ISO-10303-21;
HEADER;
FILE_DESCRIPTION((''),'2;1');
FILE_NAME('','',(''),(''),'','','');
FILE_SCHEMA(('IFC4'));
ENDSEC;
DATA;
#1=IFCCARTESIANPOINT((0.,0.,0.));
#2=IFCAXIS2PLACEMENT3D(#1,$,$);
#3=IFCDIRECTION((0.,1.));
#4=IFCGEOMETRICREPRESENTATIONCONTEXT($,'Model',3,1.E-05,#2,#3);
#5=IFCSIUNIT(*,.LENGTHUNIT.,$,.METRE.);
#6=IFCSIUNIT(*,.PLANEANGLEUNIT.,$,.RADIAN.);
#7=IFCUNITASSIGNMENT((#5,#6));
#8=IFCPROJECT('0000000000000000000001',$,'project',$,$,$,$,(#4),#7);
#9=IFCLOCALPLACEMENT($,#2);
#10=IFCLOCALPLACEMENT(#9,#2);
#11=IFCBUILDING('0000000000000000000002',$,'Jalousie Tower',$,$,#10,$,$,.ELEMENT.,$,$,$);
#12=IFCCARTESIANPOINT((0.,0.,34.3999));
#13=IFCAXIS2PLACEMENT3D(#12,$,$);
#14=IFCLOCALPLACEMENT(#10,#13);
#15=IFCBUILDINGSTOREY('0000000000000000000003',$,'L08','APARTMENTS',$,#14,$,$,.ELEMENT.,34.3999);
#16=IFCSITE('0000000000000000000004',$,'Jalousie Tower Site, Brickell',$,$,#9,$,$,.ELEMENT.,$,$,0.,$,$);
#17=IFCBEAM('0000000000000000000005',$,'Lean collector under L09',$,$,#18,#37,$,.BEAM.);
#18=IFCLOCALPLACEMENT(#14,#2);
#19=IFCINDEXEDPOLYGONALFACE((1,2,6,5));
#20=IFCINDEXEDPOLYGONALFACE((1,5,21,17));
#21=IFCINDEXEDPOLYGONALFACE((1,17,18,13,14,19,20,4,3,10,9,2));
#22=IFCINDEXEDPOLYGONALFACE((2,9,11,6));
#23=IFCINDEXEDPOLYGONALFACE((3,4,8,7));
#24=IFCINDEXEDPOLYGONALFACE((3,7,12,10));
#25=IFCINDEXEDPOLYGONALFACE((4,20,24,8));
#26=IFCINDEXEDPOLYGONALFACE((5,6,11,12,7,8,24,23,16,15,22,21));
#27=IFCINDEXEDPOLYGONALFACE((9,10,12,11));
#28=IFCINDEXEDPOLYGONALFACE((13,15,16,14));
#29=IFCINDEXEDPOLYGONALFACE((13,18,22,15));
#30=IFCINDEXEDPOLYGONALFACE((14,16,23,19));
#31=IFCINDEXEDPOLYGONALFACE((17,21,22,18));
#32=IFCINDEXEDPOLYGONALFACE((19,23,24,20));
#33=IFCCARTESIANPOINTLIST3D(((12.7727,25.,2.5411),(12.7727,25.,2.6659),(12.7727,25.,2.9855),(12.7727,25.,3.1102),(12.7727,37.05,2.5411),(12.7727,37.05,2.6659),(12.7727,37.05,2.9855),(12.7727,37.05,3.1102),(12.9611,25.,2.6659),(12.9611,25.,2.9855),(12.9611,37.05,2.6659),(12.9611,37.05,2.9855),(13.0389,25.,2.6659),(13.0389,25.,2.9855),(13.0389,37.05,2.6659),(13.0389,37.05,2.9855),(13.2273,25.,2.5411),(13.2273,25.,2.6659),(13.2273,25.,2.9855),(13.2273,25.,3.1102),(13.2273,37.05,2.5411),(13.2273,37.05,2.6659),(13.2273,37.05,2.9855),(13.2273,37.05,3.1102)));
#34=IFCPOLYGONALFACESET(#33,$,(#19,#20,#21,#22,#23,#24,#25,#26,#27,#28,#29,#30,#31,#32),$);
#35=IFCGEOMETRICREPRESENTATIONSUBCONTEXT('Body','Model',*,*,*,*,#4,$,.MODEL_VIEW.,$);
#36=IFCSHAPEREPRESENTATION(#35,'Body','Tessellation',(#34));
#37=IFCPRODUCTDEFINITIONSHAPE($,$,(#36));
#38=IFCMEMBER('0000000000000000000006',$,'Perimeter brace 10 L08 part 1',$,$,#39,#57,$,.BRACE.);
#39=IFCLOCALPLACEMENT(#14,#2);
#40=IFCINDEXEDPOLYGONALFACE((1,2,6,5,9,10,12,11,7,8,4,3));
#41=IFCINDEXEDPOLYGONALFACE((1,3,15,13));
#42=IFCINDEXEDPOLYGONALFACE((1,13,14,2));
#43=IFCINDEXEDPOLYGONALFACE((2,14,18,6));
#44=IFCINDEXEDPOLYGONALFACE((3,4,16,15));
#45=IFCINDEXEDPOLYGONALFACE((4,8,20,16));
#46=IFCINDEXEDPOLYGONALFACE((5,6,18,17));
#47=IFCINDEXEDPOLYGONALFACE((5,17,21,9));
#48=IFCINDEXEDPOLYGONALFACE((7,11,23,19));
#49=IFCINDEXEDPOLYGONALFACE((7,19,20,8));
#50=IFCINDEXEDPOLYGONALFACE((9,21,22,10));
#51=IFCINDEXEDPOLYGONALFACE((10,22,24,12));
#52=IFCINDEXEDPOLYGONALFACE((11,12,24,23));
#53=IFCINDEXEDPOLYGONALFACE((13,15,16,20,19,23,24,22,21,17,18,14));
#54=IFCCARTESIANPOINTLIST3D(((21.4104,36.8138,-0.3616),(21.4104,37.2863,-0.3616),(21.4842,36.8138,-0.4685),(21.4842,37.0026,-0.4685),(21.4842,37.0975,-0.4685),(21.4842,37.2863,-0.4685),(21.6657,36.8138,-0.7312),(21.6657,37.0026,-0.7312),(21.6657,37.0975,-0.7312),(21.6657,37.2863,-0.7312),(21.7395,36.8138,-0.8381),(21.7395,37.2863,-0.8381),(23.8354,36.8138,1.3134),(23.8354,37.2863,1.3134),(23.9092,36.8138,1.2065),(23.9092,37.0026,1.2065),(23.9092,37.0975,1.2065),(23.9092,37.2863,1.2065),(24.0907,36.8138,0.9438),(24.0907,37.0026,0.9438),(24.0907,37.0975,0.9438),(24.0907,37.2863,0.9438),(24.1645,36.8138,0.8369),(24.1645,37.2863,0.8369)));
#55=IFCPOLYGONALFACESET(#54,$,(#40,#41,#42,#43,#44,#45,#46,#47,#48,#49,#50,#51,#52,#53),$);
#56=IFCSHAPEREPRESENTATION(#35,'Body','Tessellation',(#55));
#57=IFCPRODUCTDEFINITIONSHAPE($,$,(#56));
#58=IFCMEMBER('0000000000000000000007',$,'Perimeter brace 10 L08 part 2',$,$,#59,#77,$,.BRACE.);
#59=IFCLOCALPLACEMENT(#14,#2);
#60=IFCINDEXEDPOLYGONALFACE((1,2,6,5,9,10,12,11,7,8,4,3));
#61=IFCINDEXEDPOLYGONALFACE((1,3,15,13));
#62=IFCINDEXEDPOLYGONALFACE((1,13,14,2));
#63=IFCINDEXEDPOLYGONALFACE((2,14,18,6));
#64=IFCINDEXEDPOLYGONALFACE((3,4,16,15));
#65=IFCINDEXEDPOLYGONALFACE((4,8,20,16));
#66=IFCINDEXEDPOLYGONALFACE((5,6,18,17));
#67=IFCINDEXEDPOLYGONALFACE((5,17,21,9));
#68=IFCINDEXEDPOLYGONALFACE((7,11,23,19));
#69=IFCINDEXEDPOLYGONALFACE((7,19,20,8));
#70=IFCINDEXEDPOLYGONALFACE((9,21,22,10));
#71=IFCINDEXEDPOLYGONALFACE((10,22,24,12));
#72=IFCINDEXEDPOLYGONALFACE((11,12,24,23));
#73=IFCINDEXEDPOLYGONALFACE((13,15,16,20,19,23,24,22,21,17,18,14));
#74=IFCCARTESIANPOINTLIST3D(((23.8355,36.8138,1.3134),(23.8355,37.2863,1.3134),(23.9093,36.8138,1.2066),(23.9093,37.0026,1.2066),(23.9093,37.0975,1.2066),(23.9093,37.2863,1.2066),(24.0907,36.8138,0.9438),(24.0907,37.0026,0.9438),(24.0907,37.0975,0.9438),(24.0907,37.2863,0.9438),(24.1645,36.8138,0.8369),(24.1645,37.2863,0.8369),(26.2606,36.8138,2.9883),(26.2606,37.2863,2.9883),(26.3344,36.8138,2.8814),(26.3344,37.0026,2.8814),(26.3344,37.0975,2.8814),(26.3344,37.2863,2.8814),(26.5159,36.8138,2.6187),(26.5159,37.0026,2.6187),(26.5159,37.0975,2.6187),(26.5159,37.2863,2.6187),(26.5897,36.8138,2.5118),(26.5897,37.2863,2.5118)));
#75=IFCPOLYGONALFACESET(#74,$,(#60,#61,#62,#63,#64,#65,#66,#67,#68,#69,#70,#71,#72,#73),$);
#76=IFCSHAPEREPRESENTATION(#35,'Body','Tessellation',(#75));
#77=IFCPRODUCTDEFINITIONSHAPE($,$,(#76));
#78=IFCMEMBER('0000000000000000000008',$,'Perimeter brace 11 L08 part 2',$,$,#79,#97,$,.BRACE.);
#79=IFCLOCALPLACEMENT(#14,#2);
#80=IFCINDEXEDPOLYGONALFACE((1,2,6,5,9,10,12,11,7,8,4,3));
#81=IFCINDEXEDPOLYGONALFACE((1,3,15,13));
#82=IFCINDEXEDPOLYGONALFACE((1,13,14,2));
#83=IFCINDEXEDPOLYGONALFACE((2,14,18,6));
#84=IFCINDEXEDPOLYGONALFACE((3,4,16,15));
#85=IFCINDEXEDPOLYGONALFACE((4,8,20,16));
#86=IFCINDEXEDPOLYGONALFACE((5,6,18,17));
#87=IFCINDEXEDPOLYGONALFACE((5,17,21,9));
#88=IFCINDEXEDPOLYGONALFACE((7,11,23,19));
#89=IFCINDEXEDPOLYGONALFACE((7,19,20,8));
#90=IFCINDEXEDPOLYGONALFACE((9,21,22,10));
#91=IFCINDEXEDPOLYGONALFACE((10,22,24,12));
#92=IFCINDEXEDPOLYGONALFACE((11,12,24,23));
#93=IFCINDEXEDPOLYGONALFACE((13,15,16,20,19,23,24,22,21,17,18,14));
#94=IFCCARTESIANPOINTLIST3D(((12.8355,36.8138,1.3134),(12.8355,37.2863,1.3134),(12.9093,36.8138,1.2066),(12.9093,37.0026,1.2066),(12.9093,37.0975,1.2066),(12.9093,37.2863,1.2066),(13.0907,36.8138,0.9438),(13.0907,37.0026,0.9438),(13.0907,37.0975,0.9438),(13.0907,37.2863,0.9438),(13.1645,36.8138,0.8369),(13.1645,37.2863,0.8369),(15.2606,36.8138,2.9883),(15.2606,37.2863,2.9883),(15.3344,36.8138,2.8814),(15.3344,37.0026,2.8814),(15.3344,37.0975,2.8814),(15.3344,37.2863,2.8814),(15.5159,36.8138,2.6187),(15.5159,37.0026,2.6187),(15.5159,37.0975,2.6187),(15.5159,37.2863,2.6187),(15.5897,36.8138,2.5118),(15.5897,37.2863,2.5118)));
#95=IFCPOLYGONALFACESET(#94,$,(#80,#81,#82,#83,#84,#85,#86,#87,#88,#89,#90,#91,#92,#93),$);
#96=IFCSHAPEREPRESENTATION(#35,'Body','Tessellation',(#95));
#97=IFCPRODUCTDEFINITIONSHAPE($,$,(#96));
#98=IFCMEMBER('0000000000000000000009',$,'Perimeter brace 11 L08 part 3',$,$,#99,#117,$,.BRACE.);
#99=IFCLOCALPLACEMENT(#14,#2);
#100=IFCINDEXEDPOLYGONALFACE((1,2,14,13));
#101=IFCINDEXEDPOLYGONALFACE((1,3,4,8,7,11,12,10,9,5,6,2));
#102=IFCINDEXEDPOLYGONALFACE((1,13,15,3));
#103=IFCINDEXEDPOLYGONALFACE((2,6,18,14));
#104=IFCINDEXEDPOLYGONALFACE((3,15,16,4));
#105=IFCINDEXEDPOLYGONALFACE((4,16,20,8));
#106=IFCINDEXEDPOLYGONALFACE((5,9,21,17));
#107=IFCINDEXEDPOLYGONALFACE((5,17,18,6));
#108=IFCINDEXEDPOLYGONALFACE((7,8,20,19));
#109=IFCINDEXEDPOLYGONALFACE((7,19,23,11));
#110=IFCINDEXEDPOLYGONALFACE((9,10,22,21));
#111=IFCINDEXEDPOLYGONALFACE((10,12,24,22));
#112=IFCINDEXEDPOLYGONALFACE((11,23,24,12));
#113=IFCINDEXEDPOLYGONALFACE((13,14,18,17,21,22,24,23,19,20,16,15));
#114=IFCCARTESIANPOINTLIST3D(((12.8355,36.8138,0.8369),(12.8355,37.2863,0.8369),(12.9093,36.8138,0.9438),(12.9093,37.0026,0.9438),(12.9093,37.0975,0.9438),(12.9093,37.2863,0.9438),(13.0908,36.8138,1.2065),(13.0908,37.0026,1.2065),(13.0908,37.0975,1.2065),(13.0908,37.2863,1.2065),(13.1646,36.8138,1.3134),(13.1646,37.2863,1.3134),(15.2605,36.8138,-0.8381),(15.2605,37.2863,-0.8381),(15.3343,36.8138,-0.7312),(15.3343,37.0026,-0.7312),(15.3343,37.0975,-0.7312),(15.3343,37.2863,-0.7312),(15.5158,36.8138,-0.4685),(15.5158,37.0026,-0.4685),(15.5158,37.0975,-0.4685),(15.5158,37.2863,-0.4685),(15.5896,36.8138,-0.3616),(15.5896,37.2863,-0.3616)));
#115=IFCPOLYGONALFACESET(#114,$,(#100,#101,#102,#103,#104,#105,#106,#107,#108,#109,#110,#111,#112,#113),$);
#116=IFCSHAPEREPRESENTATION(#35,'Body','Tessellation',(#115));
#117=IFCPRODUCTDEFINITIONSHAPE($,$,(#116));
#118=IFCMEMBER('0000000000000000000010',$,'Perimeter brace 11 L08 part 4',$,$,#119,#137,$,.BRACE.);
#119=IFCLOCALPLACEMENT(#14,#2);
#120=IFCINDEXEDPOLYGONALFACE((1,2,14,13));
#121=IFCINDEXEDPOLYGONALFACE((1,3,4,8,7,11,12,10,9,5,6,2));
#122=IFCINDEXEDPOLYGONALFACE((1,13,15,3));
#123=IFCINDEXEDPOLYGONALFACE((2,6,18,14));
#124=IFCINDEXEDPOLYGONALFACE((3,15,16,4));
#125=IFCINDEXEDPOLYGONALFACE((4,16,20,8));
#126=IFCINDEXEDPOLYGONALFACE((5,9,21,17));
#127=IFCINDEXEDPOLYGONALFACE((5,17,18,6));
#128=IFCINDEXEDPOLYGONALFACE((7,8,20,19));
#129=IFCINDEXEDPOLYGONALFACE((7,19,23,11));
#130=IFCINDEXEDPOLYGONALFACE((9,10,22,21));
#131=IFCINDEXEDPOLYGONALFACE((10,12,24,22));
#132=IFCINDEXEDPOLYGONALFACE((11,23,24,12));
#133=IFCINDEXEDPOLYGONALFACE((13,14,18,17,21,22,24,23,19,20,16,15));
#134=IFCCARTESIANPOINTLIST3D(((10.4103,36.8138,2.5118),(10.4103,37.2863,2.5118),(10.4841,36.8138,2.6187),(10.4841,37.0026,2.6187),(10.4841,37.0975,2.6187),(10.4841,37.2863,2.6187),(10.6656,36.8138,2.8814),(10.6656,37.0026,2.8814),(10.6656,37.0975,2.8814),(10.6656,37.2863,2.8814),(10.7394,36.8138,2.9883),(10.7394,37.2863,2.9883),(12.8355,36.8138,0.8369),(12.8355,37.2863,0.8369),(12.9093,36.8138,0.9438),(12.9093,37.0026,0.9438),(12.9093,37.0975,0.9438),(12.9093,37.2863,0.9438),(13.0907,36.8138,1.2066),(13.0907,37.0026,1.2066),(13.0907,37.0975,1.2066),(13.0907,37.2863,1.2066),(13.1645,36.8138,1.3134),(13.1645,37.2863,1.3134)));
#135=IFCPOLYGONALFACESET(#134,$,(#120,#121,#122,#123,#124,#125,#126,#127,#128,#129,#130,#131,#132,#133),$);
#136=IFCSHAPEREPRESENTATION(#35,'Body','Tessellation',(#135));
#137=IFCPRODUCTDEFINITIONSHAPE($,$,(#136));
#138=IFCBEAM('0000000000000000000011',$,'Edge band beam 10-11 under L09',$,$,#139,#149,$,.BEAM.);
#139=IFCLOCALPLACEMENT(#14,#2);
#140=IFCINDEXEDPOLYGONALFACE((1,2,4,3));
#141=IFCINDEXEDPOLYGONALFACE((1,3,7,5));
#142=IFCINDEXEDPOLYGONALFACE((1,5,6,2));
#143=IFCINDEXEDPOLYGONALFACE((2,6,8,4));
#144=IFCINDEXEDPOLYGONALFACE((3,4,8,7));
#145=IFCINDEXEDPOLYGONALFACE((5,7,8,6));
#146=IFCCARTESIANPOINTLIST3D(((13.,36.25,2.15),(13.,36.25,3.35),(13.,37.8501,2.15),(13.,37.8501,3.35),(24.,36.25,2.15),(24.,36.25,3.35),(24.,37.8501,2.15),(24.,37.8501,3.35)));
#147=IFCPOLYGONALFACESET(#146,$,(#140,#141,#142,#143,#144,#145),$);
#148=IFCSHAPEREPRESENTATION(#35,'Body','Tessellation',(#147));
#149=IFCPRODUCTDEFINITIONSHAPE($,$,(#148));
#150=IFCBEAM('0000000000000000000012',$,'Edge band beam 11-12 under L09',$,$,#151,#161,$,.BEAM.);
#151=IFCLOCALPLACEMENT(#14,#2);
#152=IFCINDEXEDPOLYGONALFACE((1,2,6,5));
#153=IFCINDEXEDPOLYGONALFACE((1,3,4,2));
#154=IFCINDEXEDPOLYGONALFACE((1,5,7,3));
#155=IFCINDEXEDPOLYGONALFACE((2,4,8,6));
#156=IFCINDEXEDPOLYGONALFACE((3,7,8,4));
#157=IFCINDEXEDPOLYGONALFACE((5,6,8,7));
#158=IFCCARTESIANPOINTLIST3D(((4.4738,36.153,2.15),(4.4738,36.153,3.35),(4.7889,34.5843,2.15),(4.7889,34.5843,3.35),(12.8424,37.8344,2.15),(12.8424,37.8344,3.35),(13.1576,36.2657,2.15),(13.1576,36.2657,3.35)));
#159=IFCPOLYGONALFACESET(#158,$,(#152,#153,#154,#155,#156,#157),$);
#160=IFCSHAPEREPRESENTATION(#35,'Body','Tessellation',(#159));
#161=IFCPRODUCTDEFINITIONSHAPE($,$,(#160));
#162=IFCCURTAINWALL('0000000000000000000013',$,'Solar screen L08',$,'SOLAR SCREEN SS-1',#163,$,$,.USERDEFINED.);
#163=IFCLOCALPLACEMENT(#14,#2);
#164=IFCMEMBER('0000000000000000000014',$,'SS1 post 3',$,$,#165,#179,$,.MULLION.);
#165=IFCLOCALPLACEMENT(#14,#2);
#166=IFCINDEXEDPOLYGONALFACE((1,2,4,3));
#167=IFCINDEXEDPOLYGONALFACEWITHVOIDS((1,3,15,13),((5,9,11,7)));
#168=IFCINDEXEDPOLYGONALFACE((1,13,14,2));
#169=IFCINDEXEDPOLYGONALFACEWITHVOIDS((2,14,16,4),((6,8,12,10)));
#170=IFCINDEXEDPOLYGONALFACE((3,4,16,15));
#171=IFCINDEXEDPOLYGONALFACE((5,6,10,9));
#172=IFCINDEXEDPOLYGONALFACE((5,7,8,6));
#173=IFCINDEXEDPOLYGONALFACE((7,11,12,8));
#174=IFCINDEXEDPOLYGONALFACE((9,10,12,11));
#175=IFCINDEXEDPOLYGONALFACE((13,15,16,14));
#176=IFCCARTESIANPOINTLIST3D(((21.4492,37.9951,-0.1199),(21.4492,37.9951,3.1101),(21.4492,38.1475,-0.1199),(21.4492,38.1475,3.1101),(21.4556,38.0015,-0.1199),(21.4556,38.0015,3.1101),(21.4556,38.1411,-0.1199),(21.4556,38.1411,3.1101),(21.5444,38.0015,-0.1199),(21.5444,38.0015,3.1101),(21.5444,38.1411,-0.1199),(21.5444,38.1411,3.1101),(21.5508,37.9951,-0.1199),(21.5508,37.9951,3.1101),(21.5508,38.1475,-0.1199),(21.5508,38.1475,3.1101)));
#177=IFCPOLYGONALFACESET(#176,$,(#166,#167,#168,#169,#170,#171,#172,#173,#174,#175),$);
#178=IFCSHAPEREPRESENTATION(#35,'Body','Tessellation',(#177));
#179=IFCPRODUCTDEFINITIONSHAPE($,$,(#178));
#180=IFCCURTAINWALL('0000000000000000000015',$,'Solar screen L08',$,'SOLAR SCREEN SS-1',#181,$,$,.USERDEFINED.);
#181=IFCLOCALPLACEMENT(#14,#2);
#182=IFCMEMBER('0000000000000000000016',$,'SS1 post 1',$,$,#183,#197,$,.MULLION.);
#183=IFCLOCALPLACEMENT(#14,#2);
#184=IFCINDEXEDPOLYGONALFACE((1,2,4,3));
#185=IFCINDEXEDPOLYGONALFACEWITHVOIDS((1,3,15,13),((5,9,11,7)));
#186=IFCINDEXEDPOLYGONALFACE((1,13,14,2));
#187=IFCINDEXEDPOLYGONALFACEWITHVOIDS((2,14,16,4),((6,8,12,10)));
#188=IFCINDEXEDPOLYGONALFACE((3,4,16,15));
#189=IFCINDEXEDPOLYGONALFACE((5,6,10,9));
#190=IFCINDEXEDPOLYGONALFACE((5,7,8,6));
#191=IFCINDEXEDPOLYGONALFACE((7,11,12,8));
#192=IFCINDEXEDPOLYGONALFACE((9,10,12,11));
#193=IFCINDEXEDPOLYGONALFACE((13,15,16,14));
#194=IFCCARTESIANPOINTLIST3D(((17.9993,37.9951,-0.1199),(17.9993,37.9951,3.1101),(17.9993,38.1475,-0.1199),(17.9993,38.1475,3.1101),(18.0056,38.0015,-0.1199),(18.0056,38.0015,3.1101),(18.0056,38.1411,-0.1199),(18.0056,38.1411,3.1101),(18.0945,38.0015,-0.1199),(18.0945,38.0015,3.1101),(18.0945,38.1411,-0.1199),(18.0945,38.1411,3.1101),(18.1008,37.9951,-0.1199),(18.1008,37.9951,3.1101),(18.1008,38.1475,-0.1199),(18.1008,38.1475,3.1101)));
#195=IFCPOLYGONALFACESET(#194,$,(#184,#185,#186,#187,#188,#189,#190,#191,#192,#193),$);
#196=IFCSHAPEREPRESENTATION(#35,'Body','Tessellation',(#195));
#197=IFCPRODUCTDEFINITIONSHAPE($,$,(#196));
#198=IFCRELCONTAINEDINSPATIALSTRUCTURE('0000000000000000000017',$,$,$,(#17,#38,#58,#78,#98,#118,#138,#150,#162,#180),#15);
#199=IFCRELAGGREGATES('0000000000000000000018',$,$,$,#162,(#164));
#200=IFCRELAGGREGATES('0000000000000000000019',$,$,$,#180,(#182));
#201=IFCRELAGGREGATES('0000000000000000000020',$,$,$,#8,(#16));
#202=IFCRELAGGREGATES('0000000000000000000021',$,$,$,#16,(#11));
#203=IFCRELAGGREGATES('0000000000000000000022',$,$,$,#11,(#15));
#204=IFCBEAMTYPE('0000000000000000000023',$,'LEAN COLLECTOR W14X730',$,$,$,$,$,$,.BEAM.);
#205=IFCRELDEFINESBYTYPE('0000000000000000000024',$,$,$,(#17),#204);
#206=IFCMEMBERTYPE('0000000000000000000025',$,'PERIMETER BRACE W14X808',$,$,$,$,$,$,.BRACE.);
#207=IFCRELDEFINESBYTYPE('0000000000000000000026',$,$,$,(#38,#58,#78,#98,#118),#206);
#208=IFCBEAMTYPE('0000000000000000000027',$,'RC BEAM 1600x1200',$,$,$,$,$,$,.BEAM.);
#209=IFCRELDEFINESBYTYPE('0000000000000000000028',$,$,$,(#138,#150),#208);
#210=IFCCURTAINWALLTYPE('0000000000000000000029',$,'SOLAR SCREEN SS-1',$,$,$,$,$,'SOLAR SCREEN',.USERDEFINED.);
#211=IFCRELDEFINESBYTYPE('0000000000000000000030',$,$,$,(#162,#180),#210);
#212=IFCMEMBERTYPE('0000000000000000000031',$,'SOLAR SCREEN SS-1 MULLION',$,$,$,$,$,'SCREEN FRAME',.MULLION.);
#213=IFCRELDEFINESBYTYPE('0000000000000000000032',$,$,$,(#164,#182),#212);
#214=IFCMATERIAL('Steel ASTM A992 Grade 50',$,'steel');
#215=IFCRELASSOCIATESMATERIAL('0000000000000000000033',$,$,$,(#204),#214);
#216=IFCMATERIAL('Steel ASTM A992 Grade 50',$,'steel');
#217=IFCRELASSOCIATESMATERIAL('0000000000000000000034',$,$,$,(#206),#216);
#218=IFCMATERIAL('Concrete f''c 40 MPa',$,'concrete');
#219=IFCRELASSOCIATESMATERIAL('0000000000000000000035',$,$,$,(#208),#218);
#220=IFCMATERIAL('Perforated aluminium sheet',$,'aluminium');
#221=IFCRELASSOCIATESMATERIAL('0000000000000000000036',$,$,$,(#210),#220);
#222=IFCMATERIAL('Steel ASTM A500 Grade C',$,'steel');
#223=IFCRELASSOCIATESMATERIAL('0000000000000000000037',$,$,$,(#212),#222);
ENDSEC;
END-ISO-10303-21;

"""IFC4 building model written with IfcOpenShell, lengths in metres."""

from ifc_helpers import new_model, si_unit, direction, frame, origin, origin_2d, place, context, subcontext, project, spatial, rectangle, hollow_rectangle, i_section, extrude, material, material_profile, profile_set, type_object, element, aggregate, save


model = new_model("IFC4")

# Units and contexts
model_context = context("Model", 3, precision=1e-05, world=origin(), true_north=direction((0.0, 1.0)))
body_context = subcontext(model_context, "Body", "Model", "MODEL_VIEW")
ifc_project = project(units=[si_unit("LENGTHUNIT", "METRE"), si_unit("PLANEANGLEUNIT", "RADIAN")], contexts=[model_context])

# Site, building, storey
site_placement = place(None, origin())
site = spatial("IfcSite", under=ifc_project, at=site_placement, Name="Jalousie Tower Site, Brickell", CompositionType="ELEMENT", RefElevation=0.0)
building_placement = place(site_placement, origin())
building = spatial("IfcBuilding", under=site, at=building_placement, Name="Jalousie Tower", CompositionType="ELEMENT")
storey_placement = place(building_placement, frame((0.0, 0.0, 34.3999)))
storey = spatial("IfcBuildingStorey", under=building, at=storey_placement, Name="L08", Description="APARTMENTS", CompositionType="ELEMENT", Elevation=34.3999)

# Beam
ifc_material_1 = material(Name="Steel ASTM A992 Grade 50", Category="steel")
ifc_material_profile_1 = material_profile(ifc_material_1, i_section(OverallWidth=0.4546, OverallDepth=0.5691, WebThickness=0.0779, FlangeThickness=0.1248, at=origin_2d()), Name="W14X730")
ifc_profile_set_1 = profile_set([ifc_material_profile_1], Name="Steel ASTM A992 Grade 50")
beam_type_1 = type_object("IfcBeamType", Name="LEAN COLLECTOR W14X730", PredefinedType="BEAM", material=ifc_profile_set_1)
beam_1_placement = place(storey_placement, frame((13.0, 37.05, 2.8257), z_axis=(0.0, -1.0, 0.0), x_axis=(1.0, 0.0, 0.0)))
element("IfcBeam", 1, at=beam_1_placement, inside=storey, type_object=beam_type_1, Name="Lean collector under L09", PredefinedType="BEAM", context=body_context, shape_type="SweptSolid", body=[
    extrude(i_section(OverallWidth=0.4546, OverallDepth=0.5691, WebThickness=0.0779, FlangeThickness=0.1248, at=origin_2d()), origin(), (0.0, 0.0, 1.0), 12.05),
])

# Members
ifc_material_2 = material(Name="Steel ASTM A992 Grade 50", Category="steel")
ifc_material_profile_2 = material_profile(ifc_material_2, i_section(OverallWidth=0.4724, OverallDepth=0.5791, WebThickness=0.095, FlangeThickness=0.1299, at=origin_2d()), Name="W14X808")
ifc_profile_set_2 = profile_set([ifc_material_profile_2], Name="Steel ASTM A992 Grade 50")
member_type_1 = type_object("IfcMemberType", Name="PERIMETER BRACE W14X808", PredefinedType="BRACE", material=ifc_profile_set_2)
for number, where, z_axis, x_axis, name in (
    (2, (21.575, 37.05, -0.5999), (0.8228, 0.0, 0.568331), (0.0, 1.0, 0.0), "Perimeter brace 10 L08 part 1"),
    (3, (24.0, 37.05, 1.0752), (0.822839, 0.0, 0.568275), (0.0, 1.0, 0.0), "Perimeter brace 10 L08 part 2"),
    (4, (13.0, 37.05, 1.0752), (0.822839, 0.0, 0.568275), (0.0, 1.0, 0.0), "Perimeter brace 11 L08 part 2"),
    (5, (15.425, 37.05, -0.5999), (-0.8228, 0.0, 0.568331), (0.0, -1.0, 0.0), "Perimeter brace 11 L08 part 3"),
    (6, (13.0, 37.05, 1.0752), (-0.822839, 0.0, 0.568275), (0.0, -1.0, 0.0), "Perimeter brace 11 L08 part 4"),
):
    element("IfcMember", number, at=place(storey_placement, frame(where, z_axis=z_axis, x_axis=x_axis)), inside=storey, type_object=member_type_1, Name=name, PredefinedType="BRACE", context=body_context, shape_type="SweptSolid", body=[
        extrude(i_section(OverallWidth=0.4724, OverallDepth=0.5791, WebThickness=0.095, FlangeThickness=0.1299, at=origin_2d()), origin(), (0.0, 0.0, 1.0), 2.9473),
    ])

# Beams
ifc_material_3 = material(Name="Concrete f'c 40 MPa", Category="concrete")
ifc_material_profile_3 = material_profile(ifc_material_3, rectangle(XDim=1.6001, YDim=1.2, at=origin_2d()), Name="RC 1600x1200")
ifc_profile_set_3 = profile_set([ifc_material_profile_3], Name="Concrete f'c 40 MPa")
beam_type_2 = type_object("IfcBeamType", Name="RC BEAM 1600x1200", PredefinedType="BEAM", material=ifc_profile_set_3)
beam_2_placement = place(storey_placement, frame((24.0, 37.05, 2.75), z_axis=(-1.0, 0.0, 0.0), x_axis=(0.0, -1.0, 0.0)))
element("IfcBeam", 7, at=beam_2_placement, inside=storey, type_object=beam_type_2, Name="Edge band beam 10-11 under L09", PredefinedType="BEAM", context=body_context, shape_type="SweptSolid", body=[
    extrude(rectangle(XDim=1.6001, YDim=1.2, at=origin_2d()), origin(), (0.0, 0.0, 1.0), 11.0),
])
beam_3_placement = place(storey_placement, frame((13.0, 37.05, 2.75), z_axis=(-0.980408, -0.19698, 0.0), x_axis=(0.19698, -0.980408, 0.0)))
element("IfcBeam", 8, at=beam_3_placement, inside=storey, type_object=beam_type_2, Name="Edge band beam 11-12 under L09", PredefinedType="BEAM", context=body_context, shape_type="SweptSolid", body=[
    extrude(rectangle(XDim=1.6001, YDim=1.2, at=origin_2d()), origin(), (0.0, 0.0, 1.0), 8.5359),
])

# Curtain wall, member
ifc_material_4 = material(Name="Perforated aluminium sheet", Category="aluminium")
curtain_wall_type = type_object("IfcCurtainWallType", Name="SOLAR SCREEN SS-1", ElementType="SOLAR SCREEN", PredefinedType="USERDEFINED", material=ifc_material_4)
curtain_wall_1_placement = place(storey_placement, origin())
curtain_wall_1 = element("IfcCurtainWall", 9, at=curtain_wall_1_placement, inside=storey, type_object=curtain_wall_type, Name="Solar screen L08", ObjectType="SOLAR SCREEN SS-1", PredefinedType="USERDEFINED")
ifc_material_5 = material(Name="Steel ASTM A500 Grade C", Category="steel")
ifc_material_profile_4 = material_profile(ifc_material_5, hollow_rectangle(XDim=0.1016, YDim=0.1523, WallThickness=0.0063, at=origin_2d()), Name="HSS6X4X1/4")
ifc_profile_set_4 = profile_set([ifc_material_profile_4], Name="Steel ASTM A500 Grade C")
member_type_2 = type_object("IfcMemberType", Name="SOLAR SCREEN SS-1 MULLION", ElementType="SCREEN FRAME", PredefinedType="MULLION", material=ifc_profile_set_4)
member_1_placement = place(storey_placement, frame((21.5, 38.0713, -0.1199), z_axis=(0.0, 0.0, 1.0), x_axis=(-1.0, 0.0, 0.0)))
member_1 = element("IfcMember", 10, at=member_1_placement, type_object=member_type_2, Name="SS1 post 3", PredefinedType="MULLION", context=body_context, shape_type="SweptSolid", body=[
    extrude(hollow_rectangle(XDim=0.1016, YDim=0.1523, WallThickness=0.0063, at=origin_2d()), origin(), (0.0, 0.0, 1.0), 3.23),
])

# Curtain wall, member
curtain_wall_2_placement = place(storey_placement, origin())
curtain_wall_2 = element("IfcCurtainWall", 11, at=curtain_wall_2_placement, inside=storey, type_object=curtain_wall_type, Name="Solar screen L08", ObjectType="SOLAR SCREEN SS-1", PredefinedType="USERDEFINED")
member_2_placement = place(storey_placement, frame((18.05, 38.0713, -0.1199), z_axis=(0.0, 0.0, 1.0), x_axis=(-1.0, 0.0, 0.0)))
member_2 = element("IfcMember", 12, at=member_2_placement, type_object=member_type_2, Name="SS1 post 1", PredefinedType="MULLION", context=body_context, shape_type="SweptSolid", body=[
    extrude(hollow_rectangle(XDim=0.1016, YDim=0.1523, WallThickness=0.0063, at=origin_2d()), origin(), (0.0, 0.0, 1.0), 3.23),
])

aggregate(curtain_wall_1, [member_1])
aggregate(curtain_wall_2, [member_2])

save(model, "model.ifc")
